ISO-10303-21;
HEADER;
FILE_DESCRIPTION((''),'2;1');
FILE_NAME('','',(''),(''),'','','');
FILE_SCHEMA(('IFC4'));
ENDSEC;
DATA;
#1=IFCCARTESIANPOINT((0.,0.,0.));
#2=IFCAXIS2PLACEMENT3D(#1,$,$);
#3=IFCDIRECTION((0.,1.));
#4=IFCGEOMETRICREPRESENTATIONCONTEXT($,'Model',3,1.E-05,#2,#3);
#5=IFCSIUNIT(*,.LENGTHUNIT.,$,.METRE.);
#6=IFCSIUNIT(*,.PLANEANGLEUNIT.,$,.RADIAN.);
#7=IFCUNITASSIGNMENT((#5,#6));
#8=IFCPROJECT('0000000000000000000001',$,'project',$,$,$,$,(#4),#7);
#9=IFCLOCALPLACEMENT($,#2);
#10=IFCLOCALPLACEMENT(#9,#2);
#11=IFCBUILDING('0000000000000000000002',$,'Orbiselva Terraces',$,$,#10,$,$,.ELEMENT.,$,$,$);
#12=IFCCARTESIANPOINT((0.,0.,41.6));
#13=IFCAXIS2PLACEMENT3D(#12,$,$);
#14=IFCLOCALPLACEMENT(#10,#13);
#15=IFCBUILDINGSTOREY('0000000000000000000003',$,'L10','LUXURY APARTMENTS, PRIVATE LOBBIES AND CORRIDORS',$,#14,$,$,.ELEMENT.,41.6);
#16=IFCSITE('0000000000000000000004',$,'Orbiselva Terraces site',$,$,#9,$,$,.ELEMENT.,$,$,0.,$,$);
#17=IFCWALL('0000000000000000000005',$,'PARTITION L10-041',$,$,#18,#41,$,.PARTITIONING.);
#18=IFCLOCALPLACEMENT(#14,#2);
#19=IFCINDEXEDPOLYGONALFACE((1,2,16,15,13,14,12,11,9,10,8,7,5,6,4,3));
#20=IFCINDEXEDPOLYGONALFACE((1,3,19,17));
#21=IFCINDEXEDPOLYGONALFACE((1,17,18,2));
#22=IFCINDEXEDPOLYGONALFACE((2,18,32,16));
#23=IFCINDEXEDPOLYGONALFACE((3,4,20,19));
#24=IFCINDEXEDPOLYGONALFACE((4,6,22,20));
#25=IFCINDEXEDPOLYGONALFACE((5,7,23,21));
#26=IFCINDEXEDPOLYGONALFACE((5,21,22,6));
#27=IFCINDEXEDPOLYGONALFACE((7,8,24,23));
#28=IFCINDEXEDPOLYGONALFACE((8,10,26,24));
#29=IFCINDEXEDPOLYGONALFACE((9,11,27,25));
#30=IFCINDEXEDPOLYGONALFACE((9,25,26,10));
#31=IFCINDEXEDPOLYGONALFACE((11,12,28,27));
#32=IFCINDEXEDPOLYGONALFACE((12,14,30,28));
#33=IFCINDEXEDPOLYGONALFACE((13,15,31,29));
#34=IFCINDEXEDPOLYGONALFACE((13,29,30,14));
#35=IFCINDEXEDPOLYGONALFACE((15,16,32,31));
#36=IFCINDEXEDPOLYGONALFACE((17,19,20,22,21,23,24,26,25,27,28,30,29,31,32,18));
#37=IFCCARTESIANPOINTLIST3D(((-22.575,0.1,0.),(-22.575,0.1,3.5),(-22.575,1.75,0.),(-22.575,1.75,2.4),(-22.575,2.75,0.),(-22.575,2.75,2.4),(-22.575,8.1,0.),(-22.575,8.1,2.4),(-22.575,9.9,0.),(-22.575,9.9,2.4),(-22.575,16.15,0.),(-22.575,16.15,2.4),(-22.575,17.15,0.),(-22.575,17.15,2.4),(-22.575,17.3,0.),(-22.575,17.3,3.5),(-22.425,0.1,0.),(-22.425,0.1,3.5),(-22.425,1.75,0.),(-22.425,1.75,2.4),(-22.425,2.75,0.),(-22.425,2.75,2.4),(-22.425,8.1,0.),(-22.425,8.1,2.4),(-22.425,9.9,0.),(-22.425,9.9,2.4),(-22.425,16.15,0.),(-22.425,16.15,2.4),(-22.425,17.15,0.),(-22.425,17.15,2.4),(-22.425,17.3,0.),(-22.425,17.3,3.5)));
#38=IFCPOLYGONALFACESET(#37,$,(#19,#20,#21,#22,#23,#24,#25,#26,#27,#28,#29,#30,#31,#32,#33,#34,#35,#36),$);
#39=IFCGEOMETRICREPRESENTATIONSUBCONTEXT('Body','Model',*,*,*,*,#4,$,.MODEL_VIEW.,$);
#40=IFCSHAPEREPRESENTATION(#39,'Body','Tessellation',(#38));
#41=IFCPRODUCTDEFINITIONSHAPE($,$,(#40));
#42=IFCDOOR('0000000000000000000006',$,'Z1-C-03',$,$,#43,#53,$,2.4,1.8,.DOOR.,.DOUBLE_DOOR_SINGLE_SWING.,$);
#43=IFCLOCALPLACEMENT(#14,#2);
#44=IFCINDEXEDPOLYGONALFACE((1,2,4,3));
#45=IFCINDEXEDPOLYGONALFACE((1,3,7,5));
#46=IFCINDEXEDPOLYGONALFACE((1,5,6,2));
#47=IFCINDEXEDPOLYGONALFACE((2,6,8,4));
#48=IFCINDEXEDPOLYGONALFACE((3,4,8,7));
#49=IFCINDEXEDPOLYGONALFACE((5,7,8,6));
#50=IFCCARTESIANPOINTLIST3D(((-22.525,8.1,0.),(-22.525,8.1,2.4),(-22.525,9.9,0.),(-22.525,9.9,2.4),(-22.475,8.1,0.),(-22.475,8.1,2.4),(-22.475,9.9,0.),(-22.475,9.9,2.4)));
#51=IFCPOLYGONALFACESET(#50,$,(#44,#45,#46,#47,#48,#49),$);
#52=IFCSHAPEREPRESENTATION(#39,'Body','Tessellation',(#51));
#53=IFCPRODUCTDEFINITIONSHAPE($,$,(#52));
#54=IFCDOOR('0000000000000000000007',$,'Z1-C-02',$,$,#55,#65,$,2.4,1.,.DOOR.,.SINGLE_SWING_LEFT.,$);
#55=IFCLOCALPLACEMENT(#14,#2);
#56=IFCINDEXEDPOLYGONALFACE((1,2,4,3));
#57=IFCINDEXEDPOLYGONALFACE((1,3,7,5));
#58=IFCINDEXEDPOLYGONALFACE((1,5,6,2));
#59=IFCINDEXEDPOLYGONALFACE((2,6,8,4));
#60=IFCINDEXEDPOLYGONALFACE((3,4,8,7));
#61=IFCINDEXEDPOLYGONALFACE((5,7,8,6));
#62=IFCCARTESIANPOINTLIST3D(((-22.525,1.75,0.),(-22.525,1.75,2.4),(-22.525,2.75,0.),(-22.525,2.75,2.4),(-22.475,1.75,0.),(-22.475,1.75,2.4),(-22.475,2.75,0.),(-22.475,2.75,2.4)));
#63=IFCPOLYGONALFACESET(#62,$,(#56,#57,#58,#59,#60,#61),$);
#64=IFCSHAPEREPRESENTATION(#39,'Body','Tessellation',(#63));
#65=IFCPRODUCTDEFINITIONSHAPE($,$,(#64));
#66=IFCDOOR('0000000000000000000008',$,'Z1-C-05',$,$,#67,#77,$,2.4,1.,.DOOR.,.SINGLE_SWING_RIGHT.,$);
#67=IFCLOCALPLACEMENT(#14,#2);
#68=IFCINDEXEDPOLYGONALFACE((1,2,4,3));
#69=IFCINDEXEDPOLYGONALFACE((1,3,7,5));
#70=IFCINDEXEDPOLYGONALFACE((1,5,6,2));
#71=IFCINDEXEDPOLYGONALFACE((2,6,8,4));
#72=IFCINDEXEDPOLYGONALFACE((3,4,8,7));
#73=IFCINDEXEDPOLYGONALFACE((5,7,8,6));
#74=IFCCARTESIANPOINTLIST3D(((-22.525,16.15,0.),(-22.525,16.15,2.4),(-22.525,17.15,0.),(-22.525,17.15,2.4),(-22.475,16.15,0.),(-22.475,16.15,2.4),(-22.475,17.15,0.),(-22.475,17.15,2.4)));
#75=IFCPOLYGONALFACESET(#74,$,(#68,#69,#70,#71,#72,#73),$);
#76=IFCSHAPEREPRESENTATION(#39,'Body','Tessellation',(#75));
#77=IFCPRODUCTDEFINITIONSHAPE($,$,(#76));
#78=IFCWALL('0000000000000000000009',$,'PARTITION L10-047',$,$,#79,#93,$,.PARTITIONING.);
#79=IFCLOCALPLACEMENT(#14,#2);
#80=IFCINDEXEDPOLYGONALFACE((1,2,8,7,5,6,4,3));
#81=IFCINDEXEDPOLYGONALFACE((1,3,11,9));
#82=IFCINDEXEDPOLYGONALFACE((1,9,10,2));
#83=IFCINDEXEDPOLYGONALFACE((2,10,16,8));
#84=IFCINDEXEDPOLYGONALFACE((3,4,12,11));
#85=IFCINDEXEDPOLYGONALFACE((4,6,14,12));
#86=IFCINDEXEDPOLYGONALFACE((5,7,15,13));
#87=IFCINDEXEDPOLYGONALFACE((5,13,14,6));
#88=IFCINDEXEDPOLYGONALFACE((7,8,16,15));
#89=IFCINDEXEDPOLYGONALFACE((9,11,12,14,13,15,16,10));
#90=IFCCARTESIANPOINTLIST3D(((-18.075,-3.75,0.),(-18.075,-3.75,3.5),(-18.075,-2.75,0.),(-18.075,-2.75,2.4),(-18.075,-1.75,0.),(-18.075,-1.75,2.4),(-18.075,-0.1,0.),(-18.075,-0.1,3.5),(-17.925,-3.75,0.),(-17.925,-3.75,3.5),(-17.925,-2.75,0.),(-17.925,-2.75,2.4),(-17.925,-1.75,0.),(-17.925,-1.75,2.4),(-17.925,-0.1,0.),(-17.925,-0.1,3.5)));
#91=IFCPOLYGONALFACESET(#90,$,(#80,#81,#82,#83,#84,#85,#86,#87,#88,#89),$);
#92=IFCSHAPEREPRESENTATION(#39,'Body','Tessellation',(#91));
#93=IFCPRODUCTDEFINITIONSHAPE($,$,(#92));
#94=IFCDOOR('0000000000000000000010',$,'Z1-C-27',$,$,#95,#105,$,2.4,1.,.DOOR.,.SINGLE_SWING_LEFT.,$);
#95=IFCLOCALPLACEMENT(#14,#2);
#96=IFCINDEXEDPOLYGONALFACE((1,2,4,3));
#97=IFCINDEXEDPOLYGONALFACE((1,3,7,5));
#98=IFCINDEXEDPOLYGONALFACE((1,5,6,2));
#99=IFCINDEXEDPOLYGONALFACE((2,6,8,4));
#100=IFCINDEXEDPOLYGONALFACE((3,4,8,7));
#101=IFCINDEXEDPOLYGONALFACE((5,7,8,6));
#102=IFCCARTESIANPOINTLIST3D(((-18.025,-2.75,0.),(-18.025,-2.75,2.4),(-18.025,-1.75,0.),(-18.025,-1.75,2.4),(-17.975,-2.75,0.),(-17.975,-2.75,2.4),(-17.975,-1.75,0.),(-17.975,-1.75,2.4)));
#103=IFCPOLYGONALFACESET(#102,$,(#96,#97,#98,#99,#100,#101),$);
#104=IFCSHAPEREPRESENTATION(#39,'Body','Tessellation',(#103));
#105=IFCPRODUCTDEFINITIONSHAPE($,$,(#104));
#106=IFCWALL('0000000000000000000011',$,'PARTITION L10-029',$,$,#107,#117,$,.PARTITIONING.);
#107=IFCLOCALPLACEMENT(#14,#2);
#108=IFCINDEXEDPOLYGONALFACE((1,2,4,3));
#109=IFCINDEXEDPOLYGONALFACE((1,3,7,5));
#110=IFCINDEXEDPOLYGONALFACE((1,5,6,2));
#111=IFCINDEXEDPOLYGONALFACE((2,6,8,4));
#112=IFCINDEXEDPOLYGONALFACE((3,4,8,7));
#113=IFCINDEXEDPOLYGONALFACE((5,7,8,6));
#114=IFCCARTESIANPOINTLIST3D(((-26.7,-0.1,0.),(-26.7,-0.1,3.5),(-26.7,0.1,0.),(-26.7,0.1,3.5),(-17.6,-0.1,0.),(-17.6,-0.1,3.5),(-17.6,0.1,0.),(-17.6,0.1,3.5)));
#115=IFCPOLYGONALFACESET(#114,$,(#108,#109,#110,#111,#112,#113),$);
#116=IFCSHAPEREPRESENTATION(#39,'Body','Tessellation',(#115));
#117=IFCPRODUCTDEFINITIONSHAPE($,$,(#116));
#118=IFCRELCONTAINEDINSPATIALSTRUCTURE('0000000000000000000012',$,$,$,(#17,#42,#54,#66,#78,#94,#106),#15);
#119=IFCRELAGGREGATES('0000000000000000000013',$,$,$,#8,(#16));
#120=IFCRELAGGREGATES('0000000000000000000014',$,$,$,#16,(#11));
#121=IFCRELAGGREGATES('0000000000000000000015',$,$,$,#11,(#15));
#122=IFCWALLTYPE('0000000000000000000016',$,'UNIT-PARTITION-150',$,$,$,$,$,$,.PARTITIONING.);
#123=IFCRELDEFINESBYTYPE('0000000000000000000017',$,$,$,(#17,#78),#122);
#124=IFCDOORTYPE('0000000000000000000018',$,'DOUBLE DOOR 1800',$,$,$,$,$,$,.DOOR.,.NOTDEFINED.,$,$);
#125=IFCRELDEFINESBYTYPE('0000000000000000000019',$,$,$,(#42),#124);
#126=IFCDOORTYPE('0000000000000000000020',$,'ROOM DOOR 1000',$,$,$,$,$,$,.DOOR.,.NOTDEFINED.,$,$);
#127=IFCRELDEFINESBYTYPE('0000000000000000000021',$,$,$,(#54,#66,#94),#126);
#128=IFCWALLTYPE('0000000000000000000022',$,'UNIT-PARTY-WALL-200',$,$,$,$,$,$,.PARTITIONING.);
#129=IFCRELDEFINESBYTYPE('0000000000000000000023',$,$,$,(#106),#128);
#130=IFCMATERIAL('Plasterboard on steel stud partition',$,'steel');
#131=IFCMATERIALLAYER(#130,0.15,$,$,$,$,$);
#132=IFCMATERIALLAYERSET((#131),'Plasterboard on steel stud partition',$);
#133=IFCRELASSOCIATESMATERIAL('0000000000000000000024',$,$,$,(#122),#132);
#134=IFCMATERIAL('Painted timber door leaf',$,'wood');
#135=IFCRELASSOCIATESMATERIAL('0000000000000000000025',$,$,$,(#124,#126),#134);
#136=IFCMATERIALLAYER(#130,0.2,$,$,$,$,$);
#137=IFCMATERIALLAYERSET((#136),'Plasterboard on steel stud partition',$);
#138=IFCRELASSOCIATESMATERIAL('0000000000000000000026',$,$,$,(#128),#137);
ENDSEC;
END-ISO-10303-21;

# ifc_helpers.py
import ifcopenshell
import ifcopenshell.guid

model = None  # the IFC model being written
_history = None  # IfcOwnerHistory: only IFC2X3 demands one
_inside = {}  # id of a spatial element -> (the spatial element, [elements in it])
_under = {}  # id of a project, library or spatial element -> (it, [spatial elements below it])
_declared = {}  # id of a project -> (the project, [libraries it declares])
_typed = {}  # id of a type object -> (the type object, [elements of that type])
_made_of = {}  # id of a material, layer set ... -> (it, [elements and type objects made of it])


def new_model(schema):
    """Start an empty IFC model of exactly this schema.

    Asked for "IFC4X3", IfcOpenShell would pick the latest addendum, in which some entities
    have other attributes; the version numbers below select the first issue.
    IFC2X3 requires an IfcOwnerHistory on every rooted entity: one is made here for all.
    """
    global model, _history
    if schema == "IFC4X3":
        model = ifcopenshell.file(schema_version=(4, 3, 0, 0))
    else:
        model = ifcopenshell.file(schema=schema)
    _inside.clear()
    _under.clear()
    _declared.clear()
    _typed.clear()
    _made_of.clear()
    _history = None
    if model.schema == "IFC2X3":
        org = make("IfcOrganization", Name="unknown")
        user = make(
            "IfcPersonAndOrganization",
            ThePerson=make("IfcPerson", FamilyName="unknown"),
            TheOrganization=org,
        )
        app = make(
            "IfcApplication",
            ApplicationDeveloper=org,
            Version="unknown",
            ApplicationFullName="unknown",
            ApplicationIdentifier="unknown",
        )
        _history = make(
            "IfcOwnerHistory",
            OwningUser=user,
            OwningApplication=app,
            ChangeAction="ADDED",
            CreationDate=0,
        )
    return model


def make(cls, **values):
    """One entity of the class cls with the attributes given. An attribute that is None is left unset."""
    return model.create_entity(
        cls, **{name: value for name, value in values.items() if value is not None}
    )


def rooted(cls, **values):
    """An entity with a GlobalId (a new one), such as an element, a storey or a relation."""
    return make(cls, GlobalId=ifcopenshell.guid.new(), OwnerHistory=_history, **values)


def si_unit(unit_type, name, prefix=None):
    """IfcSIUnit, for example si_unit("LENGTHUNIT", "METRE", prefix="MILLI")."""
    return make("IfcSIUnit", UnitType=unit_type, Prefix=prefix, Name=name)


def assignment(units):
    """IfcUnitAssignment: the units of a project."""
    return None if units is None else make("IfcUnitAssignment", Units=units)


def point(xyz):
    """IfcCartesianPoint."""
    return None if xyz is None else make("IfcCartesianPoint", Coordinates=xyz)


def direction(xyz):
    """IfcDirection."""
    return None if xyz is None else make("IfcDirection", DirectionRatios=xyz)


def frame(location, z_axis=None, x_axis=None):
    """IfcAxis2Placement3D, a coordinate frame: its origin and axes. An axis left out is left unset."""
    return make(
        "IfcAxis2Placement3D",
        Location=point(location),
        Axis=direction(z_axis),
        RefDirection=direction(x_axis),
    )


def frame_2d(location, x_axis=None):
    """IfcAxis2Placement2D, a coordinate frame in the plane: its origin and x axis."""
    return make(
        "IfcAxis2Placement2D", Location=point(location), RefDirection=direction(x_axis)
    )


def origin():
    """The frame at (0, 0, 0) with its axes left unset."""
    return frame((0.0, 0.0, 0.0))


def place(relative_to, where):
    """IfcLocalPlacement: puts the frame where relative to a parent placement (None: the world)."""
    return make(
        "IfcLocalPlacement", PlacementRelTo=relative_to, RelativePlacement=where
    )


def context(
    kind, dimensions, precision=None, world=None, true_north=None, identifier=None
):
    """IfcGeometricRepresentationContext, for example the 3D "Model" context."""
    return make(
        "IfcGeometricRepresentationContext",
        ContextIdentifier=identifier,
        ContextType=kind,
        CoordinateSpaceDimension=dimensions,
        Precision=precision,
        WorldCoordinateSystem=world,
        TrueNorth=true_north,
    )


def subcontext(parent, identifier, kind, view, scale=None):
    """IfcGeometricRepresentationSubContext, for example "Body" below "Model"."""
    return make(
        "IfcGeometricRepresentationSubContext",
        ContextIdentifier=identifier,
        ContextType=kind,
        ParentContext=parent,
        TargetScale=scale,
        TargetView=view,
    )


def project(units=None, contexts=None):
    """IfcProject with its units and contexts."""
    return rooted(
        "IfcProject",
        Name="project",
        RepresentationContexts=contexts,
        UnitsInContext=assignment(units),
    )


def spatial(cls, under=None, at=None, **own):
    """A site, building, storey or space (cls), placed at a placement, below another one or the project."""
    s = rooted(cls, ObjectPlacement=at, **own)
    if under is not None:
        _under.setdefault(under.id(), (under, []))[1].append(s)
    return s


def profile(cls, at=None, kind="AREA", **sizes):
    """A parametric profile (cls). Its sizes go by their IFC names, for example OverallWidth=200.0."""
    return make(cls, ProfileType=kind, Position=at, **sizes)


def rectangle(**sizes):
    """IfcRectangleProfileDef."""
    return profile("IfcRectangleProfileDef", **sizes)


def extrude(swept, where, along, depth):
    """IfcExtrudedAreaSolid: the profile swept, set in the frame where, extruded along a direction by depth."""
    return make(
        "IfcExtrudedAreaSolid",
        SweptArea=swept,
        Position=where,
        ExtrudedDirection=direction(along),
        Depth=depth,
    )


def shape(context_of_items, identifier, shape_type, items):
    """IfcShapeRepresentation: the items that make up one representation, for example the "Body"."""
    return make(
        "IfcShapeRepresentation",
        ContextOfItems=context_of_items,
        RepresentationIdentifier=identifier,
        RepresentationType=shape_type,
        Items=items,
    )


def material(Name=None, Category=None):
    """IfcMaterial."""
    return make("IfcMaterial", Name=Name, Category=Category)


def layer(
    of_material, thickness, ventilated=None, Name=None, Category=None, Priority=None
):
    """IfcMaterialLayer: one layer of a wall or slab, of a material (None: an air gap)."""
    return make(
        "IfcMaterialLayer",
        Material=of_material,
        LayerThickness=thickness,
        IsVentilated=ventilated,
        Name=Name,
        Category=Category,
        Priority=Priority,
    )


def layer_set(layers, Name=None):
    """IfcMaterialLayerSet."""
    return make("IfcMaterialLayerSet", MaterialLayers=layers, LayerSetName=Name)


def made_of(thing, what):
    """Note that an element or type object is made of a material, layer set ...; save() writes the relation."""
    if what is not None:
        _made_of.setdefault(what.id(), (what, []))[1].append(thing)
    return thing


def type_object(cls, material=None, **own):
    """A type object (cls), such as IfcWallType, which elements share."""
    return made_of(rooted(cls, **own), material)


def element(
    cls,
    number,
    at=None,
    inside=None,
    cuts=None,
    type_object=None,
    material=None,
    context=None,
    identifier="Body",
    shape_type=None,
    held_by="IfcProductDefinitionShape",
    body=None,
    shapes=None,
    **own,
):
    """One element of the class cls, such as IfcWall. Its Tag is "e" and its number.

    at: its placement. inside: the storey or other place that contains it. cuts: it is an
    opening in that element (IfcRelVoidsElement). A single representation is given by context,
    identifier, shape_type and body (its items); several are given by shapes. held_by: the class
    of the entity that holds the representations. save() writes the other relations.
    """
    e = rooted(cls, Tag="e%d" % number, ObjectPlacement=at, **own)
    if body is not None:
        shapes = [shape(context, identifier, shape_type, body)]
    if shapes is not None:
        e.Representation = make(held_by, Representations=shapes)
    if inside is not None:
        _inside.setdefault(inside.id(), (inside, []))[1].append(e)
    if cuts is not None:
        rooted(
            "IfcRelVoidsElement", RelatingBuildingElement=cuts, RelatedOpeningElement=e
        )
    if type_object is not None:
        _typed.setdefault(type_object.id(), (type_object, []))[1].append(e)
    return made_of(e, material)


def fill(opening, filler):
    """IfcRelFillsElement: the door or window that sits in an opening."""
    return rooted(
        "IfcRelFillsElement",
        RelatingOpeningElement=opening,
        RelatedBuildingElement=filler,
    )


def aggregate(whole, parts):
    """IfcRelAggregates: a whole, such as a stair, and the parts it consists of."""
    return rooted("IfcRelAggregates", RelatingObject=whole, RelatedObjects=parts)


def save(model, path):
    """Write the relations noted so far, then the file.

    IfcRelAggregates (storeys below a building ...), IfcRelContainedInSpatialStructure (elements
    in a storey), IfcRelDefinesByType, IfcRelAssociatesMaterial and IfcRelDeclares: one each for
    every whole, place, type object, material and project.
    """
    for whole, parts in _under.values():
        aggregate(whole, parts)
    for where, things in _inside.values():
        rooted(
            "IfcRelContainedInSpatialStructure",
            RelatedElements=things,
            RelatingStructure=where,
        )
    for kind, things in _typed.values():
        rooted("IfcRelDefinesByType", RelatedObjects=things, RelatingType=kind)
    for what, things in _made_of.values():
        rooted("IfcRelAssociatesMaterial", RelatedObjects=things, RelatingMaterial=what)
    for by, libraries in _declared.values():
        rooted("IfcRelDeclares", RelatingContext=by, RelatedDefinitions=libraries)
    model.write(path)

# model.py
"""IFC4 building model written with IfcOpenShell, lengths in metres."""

from ifc_helpers import new_model, si_unit, direction, frame, frame_2d, origin, place, context, subcontext, project, spatial, rectangle, extrude, material, layer, layer_set, type_object, element, fill, save


model = new_model("IFC4")

# Units and contexts
model_context = context("Model", 3, precision=1e-05, world=origin(), true_north=direction((0.0, 1.0)))
body_context = subcontext(model_context, "Body", "Model", "MODEL_VIEW")
ifc_project = project(units=[si_unit("LENGTHUNIT", "METRE"), si_unit("PLANEANGLEUNIT", "RADIAN")], contexts=[model_context])

# Site, building, storey
site_placement = place(None, origin())
site = spatial("IfcSite", under=ifc_project, at=site_placement, Name="Orbiselva Terraces site", CompositionType="ELEMENT", RefElevation=0.0)
building_placement = place(site_placement, origin())
building = spatial("IfcBuilding", under=site, at=building_placement, Name="Orbiselva Terraces", CompositionType="ELEMENT")
storey_placement = place(building_placement, frame((0.0, 0.0, 41.6)))
storey = spatial("IfcBuildingStorey", under=building, at=storey_placement, Name="L10", Description="LUXURY APARTMENTS, PRIVATE LOBBIES AND CORRIDORS", CompositionType="ELEMENT", Elevation=41.6)

# Shared definitions
ifc_material_1 = material(Name="Plasterboard on steel stud partition", Category="steel")
ifc_layer_1 = layer(ifc_material_1, 0.15)
ifc_layer_set_1 = layer_set([ifc_layer_1], Name="Plasterboard on steel stud partition")
wall_type_1 = type_object("IfcWallType", Name="UNIT-PARTITION-150", PredefinedType="PARTITIONING", material=ifc_layer_set_1)

# Wall, openings, doors
wall_1_placement = place(storey_placement, frame((-22.5, 0.1, 0.0), z_axis=(0.0, 0.0, 1.0), x_axis=(0.0, 1.0, 0.0)))
wall_1 = element("IfcWall", 1, at=wall_1_placement, inside=storey, type_object=wall_type_1, Name="PARTITION L10-041", PredefinedType="PARTITIONING", context=body_context, shape_type="SweptSolid", body=[
    extrude(rectangle(XDim=17.2, YDim=0.15, at=frame_2d((8.6, 0.0))), origin(), (0.0, 0.0, 1.0), 3.5),
])
opening_1_placement = place(wall_1_placement, frame((1.65, 0.0, 0.0)))
opening_1 = element("IfcOpeningElement", 2, at=opening_1_placement, cuts=wall_1, PredefinedType="OPENING", context=body_context, shape_type="SweptSolid", body=[
    extrude(rectangle(XDim=1.0, YDim=2.4, at=frame_2d((0.5, 1.2))), frame((0.0, 0.085, 0.0), z_axis=(0.0, -1.0, 0.0), x_axis=(1.0, 0.0, 0.0)), (0.0, 0.0, 1.0), 0.17),
])
opening_2_placement = place(wall_1_placement, frame((8.0, 0.0, 0.0)))
opening_2 = element("IfcOpeningElement", 3, at=opening_2_placement, cuts=wall_1, PredefinedType="OPENING", context=body_context, shape_type="SweptSolid", body=[
    extrude(rectangle(XDim=1.8, YDim=2.4, at=frame_2d((0.9, 1.2))), frame((0.0, 0.085, 0.0), z_axis=(0.0, -1.0, 0.0), x_axis=(1.0, 0.0, 0.0)), (0.0, 0.0, 1.0), 0.17),
])
opening_3_placement = place(wall_1_placement, frame((16.05, 0.0, 0.0)))
opening_3 = element("IfcOpeningElement", 4, at=opening_3_placement, cuts=wall_1, PredefinedType="OPENING", context=body_context, shape_type="SweptSolid", body=[
    extrude(rectangle(XDim=1.0, YDim=2.4, at=frame_2d((0.5, 1.2))), frame((0.0, 0.085, 0.0), z_axis=(0.0, -1.0, 0.0), x_axis=(1.0, 0.0, 0.0)), (0.0, 0.0, 1.0), 0.17),
])
ifc_material_2 = material(Name="Painted timber door leaf", Category="wood")
door_type_1 = type_object("IfcDoorType", Name="DOUBLE DOOR 1800", OperationType="NOTDEFINED", PredefinedType="DOOR", material=ifc_material_2)
door_1_placement = place(opening_2_placement, origin())
door_1 = element("IfcDoor", 5, at=door_1_placement, inside=storey, type_object=door_type_1, Name="Z1-C-03", OperationType="DOUBLE_DOOR_SINGLE_SWING", OverallHeight=2.4, OverallWidth=1.8, PredefinedType="DOOR", context=body_context, shape_type="SweptSolid", body=[
    extrude(rectangle(XDim=1.8, YDim=2.4, at=frame_2d((0.9, 1.2))), frame((0.0, 0.025, 0.0), z_axis=(0.0, -1.0, 0.0), x_axis=(1.0, 0.0, 0.0)), (0.0, 0.0, 1.0), 0.05),
])
fill(opening_2, door_1)
door_type_2 = type_object("IfcDoorType", Name="ROOM DOOR 1000", OperationType="NOTDEFINED", PredefinedType="DOOR", material=ifc_material_2)
door_2_placement = place(opening_1_placement, origin())
door_2 = element("IfcDoor", 6, at=door_2_placement, inside=storey, type_object=door_type_2, Name="Z1-C-02", OperationType="SINGLE_SWING_LEFT", OverallHeight=2.4, OverallWidth=1.0, PredefinedType="DOOR", context=body_context, shape_type="SweptSolid", body=[
    extrude(rectangle(XDim=1.0, YDim=2.4, at=frame_2d((0.5, 1.2))), frame((0.0, 0.025, 0.0), z_axis=(0.0, -1.0, 0.0), x_axis=(1.0, 0.0, 0.0)), (0.0, 0.0, 1.0), 0.05),
])
fill(opening_1, door_2)
door_3_placement = place(opening_3_placement, origin())
door_3 = element("IfcDoor", 7, at=door_3_placement, inside=storey, type_object=door_type_2, Name="Z1-C-05", OperationType="SINGLE_SWING_RIGHT", OverallHeight=2.4, OverallWidth=1.0, PredefinedType="DOOR", context=body_context, shape_type="SweptSolid", body=[
    extrude(rectangle(XDim=1.0, YDim=2.4, at=frame_2d((0.5, 1.2))), frame((0.0, 0.025, 0.0), z_axis=(0.0, -1.0, 0.0), x_axis=(1.0, 0.0, 0.0)), (0.0, 0.0, 1.0), 0.05),
])
fill(opening_3, door_3)

# Wall, opening, door
wall_2_placement = place(storey_placement, frame((-18.0, -3.75, 0.0), z_axis=(0.0, 0.0, 1.0), x_axis=(0.0, 1.0, 0.0)))
wall_2 = element("IfcWall", 8, at=wall_2_placement, inside=storey, type_object=wall_type_1, Name="PARTITION L10-047", PredefinedType="PARTITIONING", context=body_context, shape_type="SweptSolid", body=[
    extrude(rectangle(XDim=3.65, YDim=0.15, at=frame_2d((1.825, 0.0))), origin(), (0.0, 0.0, 1.0), 3.5),
])
opening_4_placement = place(wall_2_placement, frame((1.0, 0.0, 0.0)))
opening_4 = element("IfcOpeningElement", 9, at=opening_4_placement, cuts=wall_2, PredefinedType="OPENING", context=body_context, shape_type="SweptSolid", body=[
    extrude(rectangle(XDim=1.0, YDim=2.4, at=frame_2d((0.5, 1.2))), frame((0.0, 0.085, 0.0), z_axis=(0.0, -1.0, 0.0), x_axis=(1.0, 0.0, 0.0)), (0.0, 0.0, 1.0), 0.17),
])
door_4_placement = place(opening_4_placement, origin())
door_4 = element("IfcDoor", 10, at=door_4_placement, inside=storey, type_object=door_type_2, Name="Z1-C-27", OperationType="SINGLE_SWING_LEFT", OverallHeight=2.4, OverallWidth=1.0, PredefinedType="DOOR", context=body_context, shape_type="SweptSolid", body=[
    extrude(rectangle(XDim=1.0, YDim=2.4, at=frame_2d((0.5, 1.2))), frame((0.0, 0.025, 0.0), z_axis=(0.0, -1.0, 0.0), x_axis=(1.0, 0.0, 0.0)), (0.0, 0.0, 1.0), 0.05),
])
fill(opening_4, door_4)

# Wall
ifc_layer_2 = layer(ifc_material_1, 0.2)
ifc_layer_set_2 = layer_set([ifc_layer_2], Name="Plasterboard on steel stud partition")
wall_type_2 = type_object("IfcWallType", Name="UNIT-PARTY-WALL-200", PredefinedType="PARTITIONING", material=ifc_layer_set_2)
wall_3_placement = place(storey_placement, frame((-26.7, 0.0, 0.0), z_axis=(0.0, 0.0, 1.0), x_axis=(1.0, 0.0, 0.0)))
element("IfcWall", 11, at=wall_3_placement, inside=storey, type_object=wall_type_2, Name="PARTITION L10-029", PredefinedType="PARTITIONING", context=body_context, shape_type="SweptSolid", body=[
    extrude(rectangle(XDim=9.1, YDim=0.2, at=frame_2d((4.55, 0.0))), origin(), (0.0, 0.0, 1.0), 3.5),
])

save(model, "model.ifc")
